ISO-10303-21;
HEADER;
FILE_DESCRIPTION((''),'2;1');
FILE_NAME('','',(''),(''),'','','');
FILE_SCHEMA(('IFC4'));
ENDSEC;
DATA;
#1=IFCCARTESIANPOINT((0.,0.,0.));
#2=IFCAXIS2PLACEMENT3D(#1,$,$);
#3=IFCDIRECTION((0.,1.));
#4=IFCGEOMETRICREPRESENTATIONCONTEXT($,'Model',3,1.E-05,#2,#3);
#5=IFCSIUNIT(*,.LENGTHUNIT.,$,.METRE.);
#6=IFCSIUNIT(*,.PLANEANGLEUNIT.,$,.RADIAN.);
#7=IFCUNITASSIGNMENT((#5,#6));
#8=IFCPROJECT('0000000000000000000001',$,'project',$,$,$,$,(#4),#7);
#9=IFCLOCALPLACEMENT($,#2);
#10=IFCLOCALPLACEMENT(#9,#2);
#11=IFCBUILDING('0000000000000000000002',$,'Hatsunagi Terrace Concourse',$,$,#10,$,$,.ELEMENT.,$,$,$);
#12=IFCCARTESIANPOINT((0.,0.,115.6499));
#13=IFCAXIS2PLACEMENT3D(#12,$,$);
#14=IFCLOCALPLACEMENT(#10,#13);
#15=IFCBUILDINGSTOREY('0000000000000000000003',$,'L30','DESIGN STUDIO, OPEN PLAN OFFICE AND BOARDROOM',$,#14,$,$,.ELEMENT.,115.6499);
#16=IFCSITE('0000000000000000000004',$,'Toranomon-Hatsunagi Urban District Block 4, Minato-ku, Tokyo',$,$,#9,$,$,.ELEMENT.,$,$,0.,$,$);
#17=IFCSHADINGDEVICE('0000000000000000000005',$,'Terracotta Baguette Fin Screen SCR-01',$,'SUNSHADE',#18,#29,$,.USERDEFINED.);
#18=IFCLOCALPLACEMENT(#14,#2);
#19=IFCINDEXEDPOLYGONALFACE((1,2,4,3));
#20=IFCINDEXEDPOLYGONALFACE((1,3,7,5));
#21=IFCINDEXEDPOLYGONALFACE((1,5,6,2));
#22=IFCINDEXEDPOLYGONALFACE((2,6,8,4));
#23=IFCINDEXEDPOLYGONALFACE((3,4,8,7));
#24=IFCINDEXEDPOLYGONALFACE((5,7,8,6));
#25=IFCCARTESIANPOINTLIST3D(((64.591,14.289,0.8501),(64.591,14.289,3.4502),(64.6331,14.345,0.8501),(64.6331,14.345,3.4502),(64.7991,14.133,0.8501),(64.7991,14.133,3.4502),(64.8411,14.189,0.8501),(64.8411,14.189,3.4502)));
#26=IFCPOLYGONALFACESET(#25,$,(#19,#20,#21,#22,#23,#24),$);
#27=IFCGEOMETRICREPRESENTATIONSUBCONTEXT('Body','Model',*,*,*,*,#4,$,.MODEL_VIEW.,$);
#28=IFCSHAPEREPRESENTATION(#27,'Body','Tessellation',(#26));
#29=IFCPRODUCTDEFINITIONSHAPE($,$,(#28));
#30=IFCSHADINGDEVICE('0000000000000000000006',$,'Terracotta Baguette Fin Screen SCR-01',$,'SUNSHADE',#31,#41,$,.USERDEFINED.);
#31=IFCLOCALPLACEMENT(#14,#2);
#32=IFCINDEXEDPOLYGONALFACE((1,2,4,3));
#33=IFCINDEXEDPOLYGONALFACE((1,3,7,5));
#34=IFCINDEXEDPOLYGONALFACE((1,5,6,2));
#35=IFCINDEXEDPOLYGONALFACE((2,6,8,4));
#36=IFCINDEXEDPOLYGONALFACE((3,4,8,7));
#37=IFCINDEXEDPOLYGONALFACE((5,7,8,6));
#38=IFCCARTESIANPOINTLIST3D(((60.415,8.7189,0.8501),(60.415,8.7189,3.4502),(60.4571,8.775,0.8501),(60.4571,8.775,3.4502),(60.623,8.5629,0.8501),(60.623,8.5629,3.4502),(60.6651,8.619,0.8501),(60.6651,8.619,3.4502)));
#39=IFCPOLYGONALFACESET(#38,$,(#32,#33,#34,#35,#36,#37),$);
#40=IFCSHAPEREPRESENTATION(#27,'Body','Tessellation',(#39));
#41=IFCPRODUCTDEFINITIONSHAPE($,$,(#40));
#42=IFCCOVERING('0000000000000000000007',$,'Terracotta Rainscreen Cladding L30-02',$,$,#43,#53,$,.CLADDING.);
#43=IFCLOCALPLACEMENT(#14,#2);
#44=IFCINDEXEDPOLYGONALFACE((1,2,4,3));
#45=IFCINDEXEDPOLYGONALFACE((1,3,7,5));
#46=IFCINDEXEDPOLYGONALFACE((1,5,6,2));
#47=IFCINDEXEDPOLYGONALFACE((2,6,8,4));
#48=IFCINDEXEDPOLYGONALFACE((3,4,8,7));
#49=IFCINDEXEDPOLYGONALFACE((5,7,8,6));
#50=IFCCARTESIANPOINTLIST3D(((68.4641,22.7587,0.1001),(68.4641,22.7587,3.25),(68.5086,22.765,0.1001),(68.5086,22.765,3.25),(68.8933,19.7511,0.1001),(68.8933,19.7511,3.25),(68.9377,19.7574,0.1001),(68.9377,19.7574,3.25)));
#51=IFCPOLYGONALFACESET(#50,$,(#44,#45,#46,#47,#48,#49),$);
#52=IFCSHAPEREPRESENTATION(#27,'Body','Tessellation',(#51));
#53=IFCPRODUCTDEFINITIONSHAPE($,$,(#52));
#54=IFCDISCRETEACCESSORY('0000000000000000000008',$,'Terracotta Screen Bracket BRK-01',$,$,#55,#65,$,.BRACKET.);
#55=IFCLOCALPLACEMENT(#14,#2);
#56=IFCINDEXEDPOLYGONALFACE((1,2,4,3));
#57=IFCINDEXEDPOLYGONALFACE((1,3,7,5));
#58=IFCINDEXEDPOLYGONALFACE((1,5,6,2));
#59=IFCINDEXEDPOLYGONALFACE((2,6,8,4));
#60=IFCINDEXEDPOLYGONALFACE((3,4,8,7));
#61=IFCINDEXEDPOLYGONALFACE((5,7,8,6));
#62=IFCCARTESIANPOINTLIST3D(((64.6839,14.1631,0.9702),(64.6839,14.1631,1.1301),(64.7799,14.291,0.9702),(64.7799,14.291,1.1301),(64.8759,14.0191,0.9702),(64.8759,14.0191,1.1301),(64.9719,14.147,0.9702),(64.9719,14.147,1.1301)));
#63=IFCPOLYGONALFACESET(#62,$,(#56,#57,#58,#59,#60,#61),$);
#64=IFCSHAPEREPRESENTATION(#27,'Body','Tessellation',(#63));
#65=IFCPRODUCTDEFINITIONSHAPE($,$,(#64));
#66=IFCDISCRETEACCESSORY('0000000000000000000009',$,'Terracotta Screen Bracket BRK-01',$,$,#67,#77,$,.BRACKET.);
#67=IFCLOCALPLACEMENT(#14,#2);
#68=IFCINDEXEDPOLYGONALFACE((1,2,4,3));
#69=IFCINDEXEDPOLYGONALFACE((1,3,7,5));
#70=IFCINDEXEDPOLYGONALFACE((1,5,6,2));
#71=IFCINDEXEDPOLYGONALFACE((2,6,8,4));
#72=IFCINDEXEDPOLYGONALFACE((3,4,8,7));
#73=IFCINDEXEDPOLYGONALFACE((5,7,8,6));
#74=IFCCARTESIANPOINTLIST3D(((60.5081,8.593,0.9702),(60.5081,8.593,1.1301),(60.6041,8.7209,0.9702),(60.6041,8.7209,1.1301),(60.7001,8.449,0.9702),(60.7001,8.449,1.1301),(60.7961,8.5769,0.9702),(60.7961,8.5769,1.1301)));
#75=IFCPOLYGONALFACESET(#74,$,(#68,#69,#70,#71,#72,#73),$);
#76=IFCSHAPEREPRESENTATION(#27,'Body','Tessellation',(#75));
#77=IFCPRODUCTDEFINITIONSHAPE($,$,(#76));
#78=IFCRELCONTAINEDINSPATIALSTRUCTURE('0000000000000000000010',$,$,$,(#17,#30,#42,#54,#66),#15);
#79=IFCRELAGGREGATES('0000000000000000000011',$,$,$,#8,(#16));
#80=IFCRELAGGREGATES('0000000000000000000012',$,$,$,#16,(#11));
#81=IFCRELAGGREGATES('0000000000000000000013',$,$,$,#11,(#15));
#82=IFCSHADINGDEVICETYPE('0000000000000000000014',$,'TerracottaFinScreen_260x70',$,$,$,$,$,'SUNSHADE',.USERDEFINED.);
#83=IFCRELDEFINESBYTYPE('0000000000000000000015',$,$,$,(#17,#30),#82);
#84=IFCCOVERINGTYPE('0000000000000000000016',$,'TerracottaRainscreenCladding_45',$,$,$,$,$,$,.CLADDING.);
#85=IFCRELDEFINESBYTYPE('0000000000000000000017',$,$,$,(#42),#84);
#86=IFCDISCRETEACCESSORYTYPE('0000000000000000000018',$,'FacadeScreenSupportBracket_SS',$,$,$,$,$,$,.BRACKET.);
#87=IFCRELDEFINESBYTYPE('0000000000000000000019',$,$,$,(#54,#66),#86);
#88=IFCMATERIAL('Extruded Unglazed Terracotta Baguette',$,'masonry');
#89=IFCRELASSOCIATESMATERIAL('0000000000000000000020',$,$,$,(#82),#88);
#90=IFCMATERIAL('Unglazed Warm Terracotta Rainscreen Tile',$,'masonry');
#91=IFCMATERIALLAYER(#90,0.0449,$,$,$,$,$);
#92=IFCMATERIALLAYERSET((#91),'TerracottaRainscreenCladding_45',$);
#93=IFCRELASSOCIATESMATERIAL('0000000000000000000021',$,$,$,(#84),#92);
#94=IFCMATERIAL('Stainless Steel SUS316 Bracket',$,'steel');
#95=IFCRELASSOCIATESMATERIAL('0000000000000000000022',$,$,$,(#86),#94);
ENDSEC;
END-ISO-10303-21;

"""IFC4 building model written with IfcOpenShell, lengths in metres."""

from ifc_helpers import new_model, si_unit, direction, frame, origin, origin_2d, place, context, subcontext, project, spatial, rectangle, extrude, material, layer, layer_set, type_object, element, save


model = new_model("IFC4")

# Units and contexts
model_context = context("Model", 3, precision=1e-05, world=origin(), true_north=direction((0.0, 1.0)))
body_context = subcontext(model_context, "Body", "Model", "MODEL_VIEW")
ifc_project = project(units=[si_unit("LENGTHUNIT", "METRE"), si_unit("PLANEANGLEUNIT", "RADIAN")], contexts=[model_context])

# Site, building, storey
site_placement = place(None, origin())
site = spatial("IfcSite", under=ifc_project, at=site_placement, Name="Toranomon-Hatsunagi Urban District Block 4, Minato-ku, Tokyo", CompositionType="ELEMENT", RefElevation=0.0)
building_placement = place(site_placement, origin())
building = spatial("IfcBuilding", under=site, at=building_placement, Name="Hatsunagi Terrace Concourse", CompositionType="ELEMENT")
storey_placement = place(building_placement, frame((0.0, 0.0, 115.6499)))
storey = spatial("IfcBuildingStorey", under=building, at=storey_placement, Name="L30", Description="DESIGN STUDIO, OPEN PLAN OFFICE AND BOARDROOM", CompositionType="ELEMENT", Elevation=115.6499)

# Shading devices
ifc_material_1 = material(Name="Extruded Unglazed Terracotta Baguette", Category="masonry")
shading_device_type = type_object("IfcShadingDeviceType", Name="TerracottaFinScreen_260x70", ElementType="SUNSHADE", PredefinedType="USERDEFINED", material=ifc_material_1)
for number, where, z_axis, x_axis, name in (
    (1, (64.7161, 14.239, 0.8501), (0.0, 0.0, 1.0), (-0.599969, -0.800023, 0.0), "Terracotta Baguette Fin Screen SCR-01"),
    (2, (60.54, 8.6689, 0.8501), (0.0, 0.0, 1.0), (-0.599969, -0.800023, 0.0), "Terracotta Baguette Fin Screen SCR-01"),
):
    element("IfcShadingDevice", number, at=place(storey_placement, frame(where, z_axis=z_axis, x_axis=x_axis)), inside=storey, type_object=shading_device_type, Name=name, ObjectType="SUNSHADE", PredefinedType="USERDEFINED", context=body_context, shape_type="SweptSolid", body=[
        extrude(rectangle(XDim=0.0701, YDim=0.26, at=origin_2d()), origin(), (0.0, 0.0, 1.0), 2.6001),
    ])

# Covering
ifc_material_2 = material(Name="Unglazed Warm Terracotta Rainscreen Tile", Category="masonry")
ifc_layer_1 = layer(ifc_material_2, 0.0449)
ifc_layer_set_1 = layer_set([ifc_layer_1], Name="TerracottaRainscreenCladding_45")
covering_type = type_object("IfcCoveringType", Name="TerracottaRainscreenCladding_45", PredefinedType="CLADDING", material=ifc_layer_set_1)
covering_placement = place(storey_placement, frame((68.7009, 21.2581, 0.1001), z_axis=(0.0, 0.0, 1.0), x_axis=(0.14125, -0.989974, 0.0)))
element("IfcCovering", 3, at=covering_placement, inside=storey, type_object=covering_type, Name="Terracotta Rainscreen Cladding L30-02", PredefinedType="CLADDING", context=body_context, shape_type="SweptSolid", body=[
    extrude(rectangle(XDim=3.0381, YDim=0.0449, at=origin_2d()), origin(), (0.0, 0.0, 1.0), 3.1499),
])

# Discrete accessories
ifc_material_3 = material(Name="Stainless Steel SUS316 Bracket", Category="steel")
discrete_accessory_type = type_object("IfcDiscreteAccessoryType", Name="FacadeScreenSupportBracket_SS", PredefinedType="BRACKET", material=ifc_material_3)
for number, where, z_axis, x_axis, name in (
    (4, (64.8279, 14.155, 0.9702), (0.0, 0.0, 1.0), (-0.599969, -0.800023, 0.0), "Terracotta Screen Bracket BRK-01"),
    (5, (60.6521, 8.585, 0.9702), (0.0, 0.0, 1.0), (-0.599969, -0.800023, 0.0), "Terracotta Screen Bracket BRK-01"),
):
    element("IfcDiscreteAccessory", number, at=place(storey_placement, frame(where, z_axis=z_axis, x_axis=x_axis)), inside=storey, type_object=discrete_accessory_type, Name=name, PredefinedType="BRACKET", context=body_context, shape_type="SweptSolid", body=[
        extrude(rectangle(XDim=0.1599, YDim=0.24, at=origin_2d()), origin(), (0.0, 0.0, 1.0), 0.1599),
    ])

save(model, "model.ifc")
